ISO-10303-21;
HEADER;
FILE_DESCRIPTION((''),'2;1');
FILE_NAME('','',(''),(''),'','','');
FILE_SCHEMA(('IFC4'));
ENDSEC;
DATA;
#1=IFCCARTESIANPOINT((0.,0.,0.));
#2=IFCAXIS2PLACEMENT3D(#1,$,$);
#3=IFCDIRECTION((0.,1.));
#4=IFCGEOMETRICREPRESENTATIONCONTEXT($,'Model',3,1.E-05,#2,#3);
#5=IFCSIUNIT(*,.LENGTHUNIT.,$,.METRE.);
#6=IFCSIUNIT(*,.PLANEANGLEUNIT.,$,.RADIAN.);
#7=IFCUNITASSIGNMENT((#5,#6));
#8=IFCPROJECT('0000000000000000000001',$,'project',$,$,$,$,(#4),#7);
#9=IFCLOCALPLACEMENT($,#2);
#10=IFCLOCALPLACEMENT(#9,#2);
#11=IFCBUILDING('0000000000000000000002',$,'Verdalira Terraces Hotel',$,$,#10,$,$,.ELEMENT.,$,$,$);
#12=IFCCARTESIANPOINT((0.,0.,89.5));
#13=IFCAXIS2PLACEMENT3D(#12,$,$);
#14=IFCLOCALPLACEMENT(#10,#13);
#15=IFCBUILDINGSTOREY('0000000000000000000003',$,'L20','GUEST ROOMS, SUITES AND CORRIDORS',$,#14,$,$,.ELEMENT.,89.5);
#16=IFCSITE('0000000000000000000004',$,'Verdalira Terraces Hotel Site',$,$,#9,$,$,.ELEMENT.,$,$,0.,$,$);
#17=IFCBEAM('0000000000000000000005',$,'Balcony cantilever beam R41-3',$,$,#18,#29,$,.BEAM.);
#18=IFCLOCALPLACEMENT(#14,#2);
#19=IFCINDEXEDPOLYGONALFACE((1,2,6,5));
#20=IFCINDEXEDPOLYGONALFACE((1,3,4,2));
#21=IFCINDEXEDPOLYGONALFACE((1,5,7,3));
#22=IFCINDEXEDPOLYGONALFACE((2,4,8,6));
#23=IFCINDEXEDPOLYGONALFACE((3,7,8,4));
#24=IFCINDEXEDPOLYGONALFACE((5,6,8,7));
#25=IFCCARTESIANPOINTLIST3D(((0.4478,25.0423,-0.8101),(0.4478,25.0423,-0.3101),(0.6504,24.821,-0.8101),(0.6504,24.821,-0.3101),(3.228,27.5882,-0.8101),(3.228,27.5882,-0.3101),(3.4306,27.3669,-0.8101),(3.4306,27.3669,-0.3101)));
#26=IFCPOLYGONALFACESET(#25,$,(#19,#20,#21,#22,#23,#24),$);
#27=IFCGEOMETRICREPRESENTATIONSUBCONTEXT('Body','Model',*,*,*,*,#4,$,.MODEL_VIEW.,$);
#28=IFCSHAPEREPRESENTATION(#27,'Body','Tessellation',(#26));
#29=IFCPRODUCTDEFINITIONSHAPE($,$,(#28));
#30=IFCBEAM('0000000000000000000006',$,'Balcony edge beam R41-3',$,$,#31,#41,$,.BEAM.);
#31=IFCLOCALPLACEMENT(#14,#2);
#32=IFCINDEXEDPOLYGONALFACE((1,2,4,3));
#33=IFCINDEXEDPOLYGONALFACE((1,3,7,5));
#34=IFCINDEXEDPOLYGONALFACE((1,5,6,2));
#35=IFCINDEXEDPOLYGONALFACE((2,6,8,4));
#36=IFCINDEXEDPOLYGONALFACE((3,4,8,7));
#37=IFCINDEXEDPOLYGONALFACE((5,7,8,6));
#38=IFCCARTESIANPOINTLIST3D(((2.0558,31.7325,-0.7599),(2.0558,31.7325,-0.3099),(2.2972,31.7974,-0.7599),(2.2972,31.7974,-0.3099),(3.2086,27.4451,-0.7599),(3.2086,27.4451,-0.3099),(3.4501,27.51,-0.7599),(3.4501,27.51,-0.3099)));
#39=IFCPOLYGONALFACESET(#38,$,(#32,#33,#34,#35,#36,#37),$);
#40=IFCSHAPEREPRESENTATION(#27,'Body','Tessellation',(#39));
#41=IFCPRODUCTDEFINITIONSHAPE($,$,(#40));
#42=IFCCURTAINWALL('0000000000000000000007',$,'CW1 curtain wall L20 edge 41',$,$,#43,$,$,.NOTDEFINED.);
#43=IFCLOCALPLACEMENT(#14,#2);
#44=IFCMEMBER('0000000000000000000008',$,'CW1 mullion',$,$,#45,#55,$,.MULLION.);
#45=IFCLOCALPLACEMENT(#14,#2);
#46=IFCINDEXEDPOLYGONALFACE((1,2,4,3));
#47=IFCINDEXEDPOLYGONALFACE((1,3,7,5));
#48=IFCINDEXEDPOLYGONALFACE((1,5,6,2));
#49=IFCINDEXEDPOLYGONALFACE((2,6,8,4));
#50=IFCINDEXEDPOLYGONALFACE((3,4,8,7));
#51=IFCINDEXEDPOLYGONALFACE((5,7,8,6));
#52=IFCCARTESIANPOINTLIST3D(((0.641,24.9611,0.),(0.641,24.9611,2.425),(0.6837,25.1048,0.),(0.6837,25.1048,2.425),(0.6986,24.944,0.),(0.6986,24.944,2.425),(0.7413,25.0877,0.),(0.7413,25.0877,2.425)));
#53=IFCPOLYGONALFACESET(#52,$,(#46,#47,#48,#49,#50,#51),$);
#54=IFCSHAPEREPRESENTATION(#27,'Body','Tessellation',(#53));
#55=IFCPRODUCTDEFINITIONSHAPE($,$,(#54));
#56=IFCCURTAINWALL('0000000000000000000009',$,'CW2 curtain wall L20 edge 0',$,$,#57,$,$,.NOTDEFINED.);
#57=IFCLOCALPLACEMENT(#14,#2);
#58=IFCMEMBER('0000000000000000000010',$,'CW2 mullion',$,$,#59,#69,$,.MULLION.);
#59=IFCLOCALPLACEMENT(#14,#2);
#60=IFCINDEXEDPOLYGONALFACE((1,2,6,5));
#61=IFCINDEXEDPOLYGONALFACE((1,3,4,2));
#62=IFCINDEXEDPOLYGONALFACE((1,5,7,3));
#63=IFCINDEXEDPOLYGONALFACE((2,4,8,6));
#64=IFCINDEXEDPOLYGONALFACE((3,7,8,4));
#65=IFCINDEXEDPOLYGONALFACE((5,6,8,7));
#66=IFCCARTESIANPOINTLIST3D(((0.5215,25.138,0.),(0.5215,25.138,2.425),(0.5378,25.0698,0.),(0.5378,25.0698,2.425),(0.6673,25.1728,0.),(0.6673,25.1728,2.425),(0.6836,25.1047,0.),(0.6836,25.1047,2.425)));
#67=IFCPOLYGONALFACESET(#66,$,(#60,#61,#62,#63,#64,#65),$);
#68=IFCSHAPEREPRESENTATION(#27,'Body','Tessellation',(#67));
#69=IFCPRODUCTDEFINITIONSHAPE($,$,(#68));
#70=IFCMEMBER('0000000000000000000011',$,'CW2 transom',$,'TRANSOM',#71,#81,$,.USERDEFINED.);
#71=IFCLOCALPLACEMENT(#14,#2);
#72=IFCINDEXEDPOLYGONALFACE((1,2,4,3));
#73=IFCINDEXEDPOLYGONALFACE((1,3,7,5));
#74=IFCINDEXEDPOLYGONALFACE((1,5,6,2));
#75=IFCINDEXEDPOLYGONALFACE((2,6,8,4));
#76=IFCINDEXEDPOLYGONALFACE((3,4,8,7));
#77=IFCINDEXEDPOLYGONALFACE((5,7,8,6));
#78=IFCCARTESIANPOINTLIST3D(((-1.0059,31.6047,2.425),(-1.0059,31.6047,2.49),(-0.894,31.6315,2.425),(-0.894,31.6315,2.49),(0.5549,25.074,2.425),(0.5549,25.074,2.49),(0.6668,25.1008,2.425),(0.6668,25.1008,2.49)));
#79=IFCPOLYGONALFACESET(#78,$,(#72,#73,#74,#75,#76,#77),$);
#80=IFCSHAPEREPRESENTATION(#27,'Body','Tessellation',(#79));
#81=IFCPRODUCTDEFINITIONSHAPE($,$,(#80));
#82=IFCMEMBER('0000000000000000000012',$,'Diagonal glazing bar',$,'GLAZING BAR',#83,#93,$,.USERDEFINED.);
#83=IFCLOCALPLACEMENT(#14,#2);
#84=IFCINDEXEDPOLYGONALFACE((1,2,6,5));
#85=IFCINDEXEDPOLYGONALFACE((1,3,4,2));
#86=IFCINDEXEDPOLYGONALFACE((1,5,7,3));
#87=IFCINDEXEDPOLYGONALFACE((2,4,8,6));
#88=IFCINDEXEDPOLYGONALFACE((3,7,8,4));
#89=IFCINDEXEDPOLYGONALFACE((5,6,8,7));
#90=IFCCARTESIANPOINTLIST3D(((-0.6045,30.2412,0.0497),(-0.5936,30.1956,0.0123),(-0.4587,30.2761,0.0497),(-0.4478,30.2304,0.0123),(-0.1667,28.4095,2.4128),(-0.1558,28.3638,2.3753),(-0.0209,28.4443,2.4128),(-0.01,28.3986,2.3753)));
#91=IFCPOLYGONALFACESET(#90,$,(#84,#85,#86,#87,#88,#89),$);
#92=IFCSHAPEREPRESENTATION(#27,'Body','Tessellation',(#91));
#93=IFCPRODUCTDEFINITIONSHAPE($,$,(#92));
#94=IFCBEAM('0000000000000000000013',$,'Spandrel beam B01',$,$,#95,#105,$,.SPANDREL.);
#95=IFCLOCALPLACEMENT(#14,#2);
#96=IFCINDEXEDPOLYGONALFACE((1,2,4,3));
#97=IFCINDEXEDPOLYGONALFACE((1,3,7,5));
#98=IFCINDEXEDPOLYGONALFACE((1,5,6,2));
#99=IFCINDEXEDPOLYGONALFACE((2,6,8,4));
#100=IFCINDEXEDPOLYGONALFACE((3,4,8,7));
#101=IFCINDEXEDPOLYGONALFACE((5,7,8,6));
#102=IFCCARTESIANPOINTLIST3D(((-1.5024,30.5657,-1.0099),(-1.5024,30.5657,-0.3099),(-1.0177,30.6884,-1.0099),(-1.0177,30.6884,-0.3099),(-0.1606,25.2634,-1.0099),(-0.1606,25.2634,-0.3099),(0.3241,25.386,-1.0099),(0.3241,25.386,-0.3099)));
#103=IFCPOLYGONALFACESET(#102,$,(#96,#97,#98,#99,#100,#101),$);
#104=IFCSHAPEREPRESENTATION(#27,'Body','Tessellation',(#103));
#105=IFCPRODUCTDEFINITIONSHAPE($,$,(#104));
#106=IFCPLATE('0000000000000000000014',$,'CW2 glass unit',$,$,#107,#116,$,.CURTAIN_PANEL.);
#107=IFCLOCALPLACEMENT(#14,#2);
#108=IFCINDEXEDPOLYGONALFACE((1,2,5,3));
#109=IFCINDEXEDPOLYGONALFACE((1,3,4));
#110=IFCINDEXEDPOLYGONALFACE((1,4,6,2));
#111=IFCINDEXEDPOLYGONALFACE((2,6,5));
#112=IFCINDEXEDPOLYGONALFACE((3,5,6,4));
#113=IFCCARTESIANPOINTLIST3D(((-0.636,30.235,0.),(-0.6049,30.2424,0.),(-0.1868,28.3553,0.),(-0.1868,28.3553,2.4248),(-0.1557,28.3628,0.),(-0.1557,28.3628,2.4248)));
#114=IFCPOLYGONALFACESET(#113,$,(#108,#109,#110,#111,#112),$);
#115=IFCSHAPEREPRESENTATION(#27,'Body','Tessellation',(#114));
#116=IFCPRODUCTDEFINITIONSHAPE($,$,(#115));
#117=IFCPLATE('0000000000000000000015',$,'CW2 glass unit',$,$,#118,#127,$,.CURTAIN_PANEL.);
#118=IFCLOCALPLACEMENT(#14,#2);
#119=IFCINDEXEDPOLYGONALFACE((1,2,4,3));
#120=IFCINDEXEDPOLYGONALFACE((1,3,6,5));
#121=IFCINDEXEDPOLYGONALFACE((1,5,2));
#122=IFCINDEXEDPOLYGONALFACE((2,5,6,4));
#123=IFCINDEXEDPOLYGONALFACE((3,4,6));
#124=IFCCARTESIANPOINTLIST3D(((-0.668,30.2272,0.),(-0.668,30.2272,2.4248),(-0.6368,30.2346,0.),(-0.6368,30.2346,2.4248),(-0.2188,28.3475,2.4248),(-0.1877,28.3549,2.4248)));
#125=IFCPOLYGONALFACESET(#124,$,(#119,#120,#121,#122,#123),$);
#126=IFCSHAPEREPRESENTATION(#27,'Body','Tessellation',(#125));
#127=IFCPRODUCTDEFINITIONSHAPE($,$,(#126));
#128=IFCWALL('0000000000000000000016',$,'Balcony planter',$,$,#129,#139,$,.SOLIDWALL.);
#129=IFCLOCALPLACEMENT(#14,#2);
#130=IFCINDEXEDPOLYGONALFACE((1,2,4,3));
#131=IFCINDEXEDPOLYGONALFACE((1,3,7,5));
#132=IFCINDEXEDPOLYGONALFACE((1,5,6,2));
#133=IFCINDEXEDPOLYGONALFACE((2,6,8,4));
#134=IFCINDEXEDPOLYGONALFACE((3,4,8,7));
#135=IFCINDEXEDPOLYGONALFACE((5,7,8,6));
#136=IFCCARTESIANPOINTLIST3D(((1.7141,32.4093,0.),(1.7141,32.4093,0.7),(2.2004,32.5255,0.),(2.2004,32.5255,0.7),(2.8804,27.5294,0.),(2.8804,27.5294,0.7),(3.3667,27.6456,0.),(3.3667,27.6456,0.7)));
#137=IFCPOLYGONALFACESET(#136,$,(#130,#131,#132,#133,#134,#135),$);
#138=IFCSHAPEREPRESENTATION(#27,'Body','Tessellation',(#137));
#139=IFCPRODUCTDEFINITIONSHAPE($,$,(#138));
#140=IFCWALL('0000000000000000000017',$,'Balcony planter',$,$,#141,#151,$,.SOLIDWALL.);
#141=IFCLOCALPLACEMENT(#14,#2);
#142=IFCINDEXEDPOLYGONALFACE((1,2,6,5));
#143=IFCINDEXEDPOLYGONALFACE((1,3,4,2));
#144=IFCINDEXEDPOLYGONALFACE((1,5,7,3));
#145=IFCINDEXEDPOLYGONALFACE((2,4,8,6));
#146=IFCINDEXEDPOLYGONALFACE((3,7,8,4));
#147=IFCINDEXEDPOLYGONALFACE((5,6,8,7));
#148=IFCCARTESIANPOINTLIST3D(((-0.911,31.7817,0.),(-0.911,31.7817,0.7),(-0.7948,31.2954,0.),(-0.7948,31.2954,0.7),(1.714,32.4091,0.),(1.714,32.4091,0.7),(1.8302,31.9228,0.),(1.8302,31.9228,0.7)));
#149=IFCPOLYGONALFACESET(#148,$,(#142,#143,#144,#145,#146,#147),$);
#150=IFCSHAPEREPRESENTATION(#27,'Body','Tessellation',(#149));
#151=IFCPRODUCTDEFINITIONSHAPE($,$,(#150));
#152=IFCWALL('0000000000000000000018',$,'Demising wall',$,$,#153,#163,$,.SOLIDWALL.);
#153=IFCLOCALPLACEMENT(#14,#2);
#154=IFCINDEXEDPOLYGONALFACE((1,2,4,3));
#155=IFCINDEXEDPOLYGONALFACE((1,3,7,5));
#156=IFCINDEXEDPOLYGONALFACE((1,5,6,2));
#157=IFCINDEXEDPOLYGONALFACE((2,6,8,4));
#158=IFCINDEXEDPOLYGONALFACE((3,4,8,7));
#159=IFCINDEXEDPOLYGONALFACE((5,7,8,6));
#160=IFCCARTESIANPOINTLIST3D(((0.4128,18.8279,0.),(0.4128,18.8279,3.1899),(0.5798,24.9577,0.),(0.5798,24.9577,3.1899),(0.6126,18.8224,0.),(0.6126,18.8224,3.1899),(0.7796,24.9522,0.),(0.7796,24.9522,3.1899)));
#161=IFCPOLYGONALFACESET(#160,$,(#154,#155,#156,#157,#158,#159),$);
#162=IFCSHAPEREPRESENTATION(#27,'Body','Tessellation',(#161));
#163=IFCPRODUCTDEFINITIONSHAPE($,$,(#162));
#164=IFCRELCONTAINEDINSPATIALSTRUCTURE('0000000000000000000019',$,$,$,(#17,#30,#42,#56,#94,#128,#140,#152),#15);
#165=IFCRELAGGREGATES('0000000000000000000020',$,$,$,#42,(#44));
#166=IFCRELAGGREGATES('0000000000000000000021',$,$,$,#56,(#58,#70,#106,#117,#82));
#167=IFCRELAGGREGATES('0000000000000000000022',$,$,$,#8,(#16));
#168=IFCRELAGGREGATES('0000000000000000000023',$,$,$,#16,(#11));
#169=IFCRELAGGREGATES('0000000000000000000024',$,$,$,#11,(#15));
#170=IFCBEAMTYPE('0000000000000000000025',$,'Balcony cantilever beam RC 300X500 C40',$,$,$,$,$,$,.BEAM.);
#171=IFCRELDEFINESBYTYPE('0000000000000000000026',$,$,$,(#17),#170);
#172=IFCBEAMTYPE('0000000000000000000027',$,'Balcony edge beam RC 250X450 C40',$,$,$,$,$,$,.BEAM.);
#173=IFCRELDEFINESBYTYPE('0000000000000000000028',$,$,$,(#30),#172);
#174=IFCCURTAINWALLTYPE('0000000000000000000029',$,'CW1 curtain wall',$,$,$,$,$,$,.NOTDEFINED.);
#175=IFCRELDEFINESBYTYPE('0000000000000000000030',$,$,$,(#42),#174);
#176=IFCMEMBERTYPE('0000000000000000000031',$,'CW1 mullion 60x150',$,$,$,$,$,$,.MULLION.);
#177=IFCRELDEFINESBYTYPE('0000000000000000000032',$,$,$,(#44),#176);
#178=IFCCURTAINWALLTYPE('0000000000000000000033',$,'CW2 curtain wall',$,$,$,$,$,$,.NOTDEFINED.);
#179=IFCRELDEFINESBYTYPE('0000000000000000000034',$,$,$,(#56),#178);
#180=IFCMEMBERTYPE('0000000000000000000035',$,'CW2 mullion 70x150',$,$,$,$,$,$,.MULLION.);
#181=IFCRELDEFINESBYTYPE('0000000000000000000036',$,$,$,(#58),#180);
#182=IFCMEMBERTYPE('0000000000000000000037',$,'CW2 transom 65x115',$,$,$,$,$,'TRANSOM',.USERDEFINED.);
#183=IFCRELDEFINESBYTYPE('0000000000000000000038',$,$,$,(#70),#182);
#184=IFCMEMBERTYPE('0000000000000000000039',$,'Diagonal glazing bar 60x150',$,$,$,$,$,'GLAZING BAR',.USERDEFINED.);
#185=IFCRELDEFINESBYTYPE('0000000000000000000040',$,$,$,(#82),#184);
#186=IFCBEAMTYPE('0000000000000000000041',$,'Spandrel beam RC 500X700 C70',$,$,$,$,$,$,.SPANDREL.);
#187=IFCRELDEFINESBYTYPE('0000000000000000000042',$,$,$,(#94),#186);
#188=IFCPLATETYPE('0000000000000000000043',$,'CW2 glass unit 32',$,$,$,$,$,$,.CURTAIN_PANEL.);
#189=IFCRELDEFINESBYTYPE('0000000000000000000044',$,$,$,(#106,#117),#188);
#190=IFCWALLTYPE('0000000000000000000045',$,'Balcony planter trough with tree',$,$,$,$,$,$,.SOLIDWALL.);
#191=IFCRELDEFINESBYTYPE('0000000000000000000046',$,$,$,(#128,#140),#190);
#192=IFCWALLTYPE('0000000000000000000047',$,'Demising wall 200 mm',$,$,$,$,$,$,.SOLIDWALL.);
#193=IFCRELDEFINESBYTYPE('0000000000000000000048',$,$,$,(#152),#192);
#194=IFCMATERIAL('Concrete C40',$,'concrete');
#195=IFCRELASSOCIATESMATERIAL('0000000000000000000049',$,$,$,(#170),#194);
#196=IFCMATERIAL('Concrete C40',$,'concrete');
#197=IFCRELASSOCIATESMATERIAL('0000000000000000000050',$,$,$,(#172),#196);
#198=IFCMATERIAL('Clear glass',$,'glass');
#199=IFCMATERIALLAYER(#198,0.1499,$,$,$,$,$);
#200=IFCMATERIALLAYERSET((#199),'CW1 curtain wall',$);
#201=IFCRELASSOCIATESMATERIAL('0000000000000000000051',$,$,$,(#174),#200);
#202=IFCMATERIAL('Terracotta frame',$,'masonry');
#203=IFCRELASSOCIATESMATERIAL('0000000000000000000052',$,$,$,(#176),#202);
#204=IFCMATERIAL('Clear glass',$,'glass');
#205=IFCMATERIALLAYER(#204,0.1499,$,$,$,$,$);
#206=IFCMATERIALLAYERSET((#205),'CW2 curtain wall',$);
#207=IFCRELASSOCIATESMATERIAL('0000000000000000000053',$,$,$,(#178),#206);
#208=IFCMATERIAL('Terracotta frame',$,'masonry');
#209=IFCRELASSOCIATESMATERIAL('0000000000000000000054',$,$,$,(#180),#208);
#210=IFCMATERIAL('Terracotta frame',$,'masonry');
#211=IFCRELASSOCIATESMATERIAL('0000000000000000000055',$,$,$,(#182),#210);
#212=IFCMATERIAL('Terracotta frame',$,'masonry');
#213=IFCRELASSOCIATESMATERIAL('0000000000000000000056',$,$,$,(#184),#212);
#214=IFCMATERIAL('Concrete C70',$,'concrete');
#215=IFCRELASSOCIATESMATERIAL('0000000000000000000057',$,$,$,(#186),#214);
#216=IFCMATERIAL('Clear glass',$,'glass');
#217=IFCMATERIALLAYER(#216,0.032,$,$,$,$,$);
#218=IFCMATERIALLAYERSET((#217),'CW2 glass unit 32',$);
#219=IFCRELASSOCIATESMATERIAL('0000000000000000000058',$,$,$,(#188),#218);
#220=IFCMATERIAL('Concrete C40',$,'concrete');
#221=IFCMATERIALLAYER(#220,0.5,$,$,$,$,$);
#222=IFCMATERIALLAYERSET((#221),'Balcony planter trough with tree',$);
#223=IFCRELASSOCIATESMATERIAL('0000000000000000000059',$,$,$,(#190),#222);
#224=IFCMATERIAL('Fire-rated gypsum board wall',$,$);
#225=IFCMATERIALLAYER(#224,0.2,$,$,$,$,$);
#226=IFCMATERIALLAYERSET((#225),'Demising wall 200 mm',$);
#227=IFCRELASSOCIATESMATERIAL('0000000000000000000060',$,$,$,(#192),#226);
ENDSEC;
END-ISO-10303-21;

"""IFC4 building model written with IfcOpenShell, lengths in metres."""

from ifc_helpers import new_model, si_unit, direction, frame, frame_2d, origin, origin_2d, place, context, subcontext, project, spatial, polyline, rectangle, outline, extrude, material, layer, layer_set, material_profile, profile_set, type_object, element, aggregate, save


model = new_model("IFC4")

# Units and contexts
model_context = context("Model", 3, precision=1e-05, world=origin(), true_north=direction((0.0, 1.0)))
body_context = subcontext(model_context, "Body", "Model", "MODEL_VIEW")
ifc_project = project(units=[si_unit("LENGTHUNIT", "METRE"), si_unit("PLANEANGLEUNIT", "RADIAN")], contexts=[model_context])

# Site, building, storey
site_placement = place(None, origin())
site = spatial("IfcSite", under=ifc_project, at=site_placement, Name="Verdalira Terraces Hotel Site", CompositionType="ELEMENT", RefElevation=0.0)
building_placement = place(site_placement, origin())
building = spatial("IfcBuilding", under=site, at=building_placement, Name="Verdalira Terraces Hotel", CompositionType="ELEMENT")
storey_placement = place(building_placement, frame((0.0, 0.0, 89.5)))
storey = spatial("IfcBuildingStorey", under=building, at=storey_placement, Name="L20", Description="GUEST ROOMS, SUITES AND CORRIDORS", CompositionType="ELEMENT", Elevation=89.5)

# Beams
ifc_material_1 = material(Name="Concrete C40", Category="concrete")
ifc_material_profile_1 = material_profile(ifc_material_1, rectangle(XDim=0.3, YDim=0.5, at=origin_2d()), Name="RC 300X500")
ifc_profile_set_1 = profile_set([ifc_material_profile_1], Name="Concrete C40")
beam_type_1 = type_object("IfcBeamType", Name="Balcony cantilever beam RC 300X500 C40", PredefinedType="BEAM", material=ifc_profile_set_1)
beam_1_placement = place(storey_placement, frame((0.5491, 24.9316, -0.5601), z_axis=(0.737509, 0.675337, 0.0), x_axis=(-0.675337, 0.737509, 0.0)))
element("IfcBeam", 1, at=beam_1_placement, inside=storey, type_object=beam_type_1, Name="Balcony cantilever beam R41-3", PredefinedType="BEAM", context=body_context, shape_type="SweptSolid", body=[
    extrude(rectangle(XDim=0.3, YDim=0.5, at=origin_2d()), origin(), (0.0, 0.0, 1.0), 3.7698),
])
ifc_material_2 = material(Name="Concrete C40", Category="concrete")
ifc_material_profile_2 = material_profile(ifc_material_2, rectangle(XDim=0.25, YDim=0.45, at=origin_2d()), Name="RC 250X450")
ifc_profile_set_2 = profile_set([ifc_material_profile_2], Name="Concrete C40")
beam_type_2 = type_object("IfcBeamType", Name="Balcony edge beam RC 250X450 C40", PredefinedType="BEAM", material=ifc_profile_set_2)
beam_2_placement = place(storey_placement, frame((3.3293, 27.4775, -0.5349), z_axis=(-0.259668, 0.965698, 0.0), x_axis=(-0.965698, -0.259668, 0.0)))
element("IfcBeam", 2, at=beam_2_placement, inside=storey, type_object=beam_type_2, Name="Balcony edge beam R41-3", PredefinedType="BEAM", context=body_context, shape_type="SweptSolid", body=[
    extrude(rectangle(XDim=0.25, YDim=0.45, at=origin_2d()), origin(), (0.0, 0.0, 1.0), 4.4397),
])

# Curtain wall, member
ifc_material_3 = material(Name="Clear glass", Category="glass")
ifc_layer_1 = layer(ifc_material_3, 0.1499)
ifc_layer_set_1 = layer_set([ifc_layer_1], Name="CW1 curtain wall")
curtain_wall_type_1 = type_object("IfcCurtainWallType", Name="CW1 curtain wall", PredefinedType="NOTDEFINED", material=ifc_layer_set_1)
curtain_wall_1_placement = place(storey_placement, origin())
curtain_wall_1 = element("IfcCurtainWall", 3, at=curtain_wall_1_placement, inside=storey, type_object=curtain_wall_type_1, Name="CW1 curtain wall L20 edge 41", PredefinedType="NOTDEFINED")
ifc_material_4 = material(Name="Terracotta frame", Category="masonry")
ifc_material_profile_3 = material_profile(ifc_material_4, rectangle(XDim=0.0601, YDim=0.1499, at=origin_2d()), Name="MU 60x150")
ifc_profile_set_3 = profile_set([ifc_material_profile_3], Name="Terracotta frame")
member_type_1 = type_object("IfcMemberType", Name="CW1 mullion 60x150", PredefinedType="MULLION", material=ifc_profile_set_3)
member_1_placement = place(storey_placement, frame((0.6912, 25.0244, 0.0), z_axis=(0.0, 0.0, 1.0), x_axis=(-0.958522, 0.285019, 0.0)))
member_1 = element("IfcMember", 4, at=member_1_placement, type_object=member_type_1, Name="CW1 mullion", PredefinedType="MULLION", context=body_context, shape_type="SweptSolid", body=[
    extrude(rectangle(XDim=0.0601, YDim=0.1499, at=origin_2d()), origin(), (0.0, 0.0, 1.0), 2.425),
])
aggregate(curtain_wall_1, [member_1])

# Curtain wall, members
ifc_material_5 = material(Name="Clear glass", Category="glass")
ifc_layer_2 = layer(ifc_material_5, 0.1499)
ifc_layer_set_2 = layer_set([ifc_layer_2], Name="CW2 curtain wall")
curtain_wall_type_2 = type_object("IfcCurtainWallType", Name="CW2 curtain wall", PredefinedType="NOTDEFINED", material=ifc_layer_set_2)
curtain_wall_2_placement = place(storey_placement, origin())
curtain_wall_2 = element("IfcCurtainWall", 5, at=curtain_wall_2_placement, inside=storey, type_object=curtain_wall_type_2, Name="CW2 curtain wall L20 edge 0", PredefinedType="NOTDEFINED")
ifc_material_6 = material(Name="Terracotta frame", Category="masonry")
ifc_material_profile_4 = material_profile(ifc_material_6, rectangle(XDim=0.0701, YDim=0.1499, at=origin_2d()), Name="MU 70x150")
ifc_profile_set_4 = profile_set([ifc_material_profile_4], Name="Terracotta frame")
member_type_2 = type_object("IfcMemberType", Name="CW2 mullion 70x150", PredefinedType="MULLION", material=ifc_profile_set_4)
member_2_placement = place(storey_placement, frame((0.6025, 25.1213, 0.0), z_axis=(0.0, 0.0, 1.0), x_axis=(-0.232427, 0.972614, 0.0)))
member_2 = element("IfcMember", 6, at=member_2_placement, type_object=member_type_2, Name="CW2 mullion", PredefinedType="MULLION", context=body_context, shape_type="SweptSolid", body=[
    extrude(rectangle(XDim=0.0701, YDim=0.1499, at=origin_2d()), origin(), (0.0, 0.0, 1.0), 2.425),
])
ifc_material_7 = material(Name="Terracotta frame", Category="masonry")
ifc_material_profile_5 = material_profile(ifc_material_7, rectangle(XDim=0.115, YDim=0.0649, at=origin_2d()), Name="TR 65x115")
ifc_profile_set_5 = profile_set([ifc_material_profile_5], Name="Terracotta frame")
member_type_3 = type_object("IfcMemberType", Name="CW2 transom 65x115", ElementType="TRANSOM", PredefinedType="USERDEFINED", material=ifc_profile_set_5)
member_3_placement = place(storey_placement, frame((0.6108, 25.0874, 2.4575), z_axis=(-0.232445, 0.97261, 0.0), x_axis=(-0.97261, -0.232445, 0.0)))
member_3 = element("IfcMember", 7, at=member_3_placement, type_object=member_type_3, Name="CW2 transom", ObjectType="TRANSOM", PredefinedType="USERDEFINED", context=body_context, shape_type="SweptSolid", body=[
    extrude(rectangle(XDim=0.115, YDim=0.0649, at=origin_2d()), origin(), (0.0, 0.0, 1.0), 6.7146),
])
ifc_material_8 = material(Name="Terracotta frame", Category="masonry")
ifc_material_profile_6 = material_profile(ifc_material_8, rectangle(XDim=0.1499, YDim=0.0601, at=origin_2d()), Name="GB 60x150")
ifc_profile_set_6 = profile_set([ifc_material_profile_6], Name="Terracotta frame")
member_type_4 = type_object("IfcMemberType", Name="Diagonal glazing bar 60x150", ElementType="GLAZING BAR", PredefinedType="USERDEFINED", material=ifc_profile_set_6)
member_4_placement = place(storey_placement, frame((-0.0884, 28.4041, 2.394), z_axis=(-0.144864, 0.6062, -0.782008), x_axis=(-0.972614, -0.232427, 0.0)))
member_4 = element("IfcMember", 8, at=member_4_placement, type_object=member_type_4, Name="Diagonal glazing bar", ObjectType="GLAZING BAR", PredefinedType="USERDEFINED", context=body_context, shape_type="SweptSolid", body=[
    extrude(rectangle(XDim=0.1499, YDim=0.0601, at=origin_2d()), origin(), (0.0, 0.0, 1.0), 3.0217),
])

# Beam
ifc_material_9 = material(Name="Concrete C70", Category="concrete")
ifc_material_profile_7 = material_profile(ifc_material_9, rectangle(XDim=0.5, YDim=0.7, at=origin_2d()), Name="RC 500X700")
ifc_profile_set_7 = profile_set([ifc_material_profile_7], Name="Concrete C70")
beam_type_3 = type_object("IfcBeamType", Name="Spandrel beam RC 500X700 C70", PredefinedType="SPANDREL", material=ifc_profile_set_7)
beam_3_placement = place(storey_placement, frame((0.0818, 25.3247, -0.6599), z_axis=(-0.245328, 0.96944, 0.0), x_axis=(-0.96944, -0.245328, 0.0)))
element("IfcBeam", 9, at=beam_3_placement, inside=storey, type_object=beam_type_3, Name="Spandrel beam B01", PredefinedType="SPANDREL", context=body_context, shape_type="SweptSolid", body=[
    extrude(rectangle(XDim=0.5, YDim=0.7, at=origin_2d()), origin(), (0.0, 0.0, 1.0), 5.4695),
])

# Plates
ifc_material_10 = material(Name="Clear glass", Category="glass")
ifc_layer_3 = layer(ifc_material_10, 0.032)
ifc_layer_set_3 = layer_set([ifc_layer_3], Name="CW2 glass unit 32")
plate_type = type_object("IfcPlateType", Name="CW2 glass unit 32", PredefinedType="CURTAIN_PANEL", material=ifc_layer_set_3)
plate_1_placement = place(storey_placement, frame((-0.4114, 29.2952, 1.2124), z_axis=(0.972614, 0.232427, 0.0), x_axis=(-0.232427, 0.972614, 0.0)))
plate_1 = element("IfcPlate", 10, at=plate_1_placement, type_object=plate_type, Name="CW2 glass unit", PredefinedType="CURTAIN_PANEL", context=body_context, shape_type="SweptSolid", body=[
    extrude(outline(polyline([(-0.9663, -1.2124), (0.9663, -1.2124), (-0.9663, 1.2124), (-0.9663, -1.2124)])), origin(), (0.0, 0.0, 1.0), 0.032),
])
plate_2_placement = place(storey_placement, frame((-0.4434, 29.2874, 1.2124), z_axis=(0.972614, 0.232427, 0.0), x_axis=(-0.232427, 0.972614, 0.0)))
plate_2 = element("IfcPlate", 11, at=plate_2_placement, type_object=plate_type, Name="CW2 glass unit", PredefinedType="CURTAIN_PANEL", context=body_context, shape_type="SweptSolid", body=[
    extrude(outline(polyline([(0.9663, -1.2124), (0.9663, 1.2124), (-0.9663, 1.2124), (0.9663, -1.2124)])), origin(), (0.0, 0.0, 1.0), 0.032),
])
aggregate(curtain_wall_2, [member_2, member_3, plate_1, plate_2, member_4])

# Walls
ifc_material_11 = material(Name="Concrete C40", Category="concrete")
ifc_layer_4 = layer(ifc_material_11, 0.5)
ifc_layer_set_4 = layer_set([ifc_layer_4], Name="Balcony planter trough with tree")
wall_type_1 = type_object("IfcWallType", Name="Balcony planter trough with tree", PredefinedType="SOLIDWALL", material=ifc_layer_set_4)
wall_1_placement = place(storey_placement, frame((3.1235, 27.5874, 0.0), z_axis=(0.0, 0.0, 1.0), x_axis=(-0.232447, 0.972609, 0.0)))
element("IfcWall", 12, at=wall_1_placement, inside=storey, type_object=wall_type_1, Name="Balcony planter", PredefinedType="SOLIDWALL", context=body_context, shape_type="SweptSolid", body=[
    extrude(rectangle(XDim=5.0173, YDim=0.5, at=frame_2d((2.5088, 0.0))), origin(), (0.0, 0.0, 1.0), 0.7),
])
wall_2_placement = place(storey_placement, frame((1.7722, 32.166, 0.0), z_axis=(0.0, 0.0, 1.0), x_axis=(-0.972602, -0.232476, 0.0)))
element("IfcWall", 13, at=wall_2_placement, inside=storey, type_object=wall_type_1, Name="Balcony planter", PredefinedType="SOLIDWALL", context=body_context, shape_type="SweptSolid", body=[
    extrude(rectangle(XDim=2.699, YDim=0.5, at=frame_2d((1.3496, 0.0))), origin(), (0.0, 0.0, 1.0), 0.7),
])
ifc_material_12 = material(Name="Fire-rated gypsum board wall")
ifc_layer_5 = layer(ifc_material_12, 0.2)
ifc_layer_set_5 = layer_set([ifc_layer_5], Name="Demising wall 200 mm")
wall_type_2 = type_object("IfcWallType", Name="Demising wall 200 mm", PredefinedType="SOLIDWALL", material=ifc_layer_set_5)
wall_3_placement = place(storey_placement, frame((0.6797, 24.9548, 0.0), z_axis=(0.0, 0.0, 1.0), x_axis=(-0.027232, -0.999629, 0.0)))
element("IfcWall", 14, at=wall_3_placement, inside=storey, type_object=wall_type_2, Name="Demising wall", PredefinedType="SOLIDWALL", context=body_context, shape_type="SweptSolid", body=[
    extrude(rectangle(XDim=6.1321, YDim=0.2, at=frame_2d((3.0659, 0.0))), origin(), (0.0, 0.0, 1.0), 3.1899),
])

save(model, "model.ifc")
